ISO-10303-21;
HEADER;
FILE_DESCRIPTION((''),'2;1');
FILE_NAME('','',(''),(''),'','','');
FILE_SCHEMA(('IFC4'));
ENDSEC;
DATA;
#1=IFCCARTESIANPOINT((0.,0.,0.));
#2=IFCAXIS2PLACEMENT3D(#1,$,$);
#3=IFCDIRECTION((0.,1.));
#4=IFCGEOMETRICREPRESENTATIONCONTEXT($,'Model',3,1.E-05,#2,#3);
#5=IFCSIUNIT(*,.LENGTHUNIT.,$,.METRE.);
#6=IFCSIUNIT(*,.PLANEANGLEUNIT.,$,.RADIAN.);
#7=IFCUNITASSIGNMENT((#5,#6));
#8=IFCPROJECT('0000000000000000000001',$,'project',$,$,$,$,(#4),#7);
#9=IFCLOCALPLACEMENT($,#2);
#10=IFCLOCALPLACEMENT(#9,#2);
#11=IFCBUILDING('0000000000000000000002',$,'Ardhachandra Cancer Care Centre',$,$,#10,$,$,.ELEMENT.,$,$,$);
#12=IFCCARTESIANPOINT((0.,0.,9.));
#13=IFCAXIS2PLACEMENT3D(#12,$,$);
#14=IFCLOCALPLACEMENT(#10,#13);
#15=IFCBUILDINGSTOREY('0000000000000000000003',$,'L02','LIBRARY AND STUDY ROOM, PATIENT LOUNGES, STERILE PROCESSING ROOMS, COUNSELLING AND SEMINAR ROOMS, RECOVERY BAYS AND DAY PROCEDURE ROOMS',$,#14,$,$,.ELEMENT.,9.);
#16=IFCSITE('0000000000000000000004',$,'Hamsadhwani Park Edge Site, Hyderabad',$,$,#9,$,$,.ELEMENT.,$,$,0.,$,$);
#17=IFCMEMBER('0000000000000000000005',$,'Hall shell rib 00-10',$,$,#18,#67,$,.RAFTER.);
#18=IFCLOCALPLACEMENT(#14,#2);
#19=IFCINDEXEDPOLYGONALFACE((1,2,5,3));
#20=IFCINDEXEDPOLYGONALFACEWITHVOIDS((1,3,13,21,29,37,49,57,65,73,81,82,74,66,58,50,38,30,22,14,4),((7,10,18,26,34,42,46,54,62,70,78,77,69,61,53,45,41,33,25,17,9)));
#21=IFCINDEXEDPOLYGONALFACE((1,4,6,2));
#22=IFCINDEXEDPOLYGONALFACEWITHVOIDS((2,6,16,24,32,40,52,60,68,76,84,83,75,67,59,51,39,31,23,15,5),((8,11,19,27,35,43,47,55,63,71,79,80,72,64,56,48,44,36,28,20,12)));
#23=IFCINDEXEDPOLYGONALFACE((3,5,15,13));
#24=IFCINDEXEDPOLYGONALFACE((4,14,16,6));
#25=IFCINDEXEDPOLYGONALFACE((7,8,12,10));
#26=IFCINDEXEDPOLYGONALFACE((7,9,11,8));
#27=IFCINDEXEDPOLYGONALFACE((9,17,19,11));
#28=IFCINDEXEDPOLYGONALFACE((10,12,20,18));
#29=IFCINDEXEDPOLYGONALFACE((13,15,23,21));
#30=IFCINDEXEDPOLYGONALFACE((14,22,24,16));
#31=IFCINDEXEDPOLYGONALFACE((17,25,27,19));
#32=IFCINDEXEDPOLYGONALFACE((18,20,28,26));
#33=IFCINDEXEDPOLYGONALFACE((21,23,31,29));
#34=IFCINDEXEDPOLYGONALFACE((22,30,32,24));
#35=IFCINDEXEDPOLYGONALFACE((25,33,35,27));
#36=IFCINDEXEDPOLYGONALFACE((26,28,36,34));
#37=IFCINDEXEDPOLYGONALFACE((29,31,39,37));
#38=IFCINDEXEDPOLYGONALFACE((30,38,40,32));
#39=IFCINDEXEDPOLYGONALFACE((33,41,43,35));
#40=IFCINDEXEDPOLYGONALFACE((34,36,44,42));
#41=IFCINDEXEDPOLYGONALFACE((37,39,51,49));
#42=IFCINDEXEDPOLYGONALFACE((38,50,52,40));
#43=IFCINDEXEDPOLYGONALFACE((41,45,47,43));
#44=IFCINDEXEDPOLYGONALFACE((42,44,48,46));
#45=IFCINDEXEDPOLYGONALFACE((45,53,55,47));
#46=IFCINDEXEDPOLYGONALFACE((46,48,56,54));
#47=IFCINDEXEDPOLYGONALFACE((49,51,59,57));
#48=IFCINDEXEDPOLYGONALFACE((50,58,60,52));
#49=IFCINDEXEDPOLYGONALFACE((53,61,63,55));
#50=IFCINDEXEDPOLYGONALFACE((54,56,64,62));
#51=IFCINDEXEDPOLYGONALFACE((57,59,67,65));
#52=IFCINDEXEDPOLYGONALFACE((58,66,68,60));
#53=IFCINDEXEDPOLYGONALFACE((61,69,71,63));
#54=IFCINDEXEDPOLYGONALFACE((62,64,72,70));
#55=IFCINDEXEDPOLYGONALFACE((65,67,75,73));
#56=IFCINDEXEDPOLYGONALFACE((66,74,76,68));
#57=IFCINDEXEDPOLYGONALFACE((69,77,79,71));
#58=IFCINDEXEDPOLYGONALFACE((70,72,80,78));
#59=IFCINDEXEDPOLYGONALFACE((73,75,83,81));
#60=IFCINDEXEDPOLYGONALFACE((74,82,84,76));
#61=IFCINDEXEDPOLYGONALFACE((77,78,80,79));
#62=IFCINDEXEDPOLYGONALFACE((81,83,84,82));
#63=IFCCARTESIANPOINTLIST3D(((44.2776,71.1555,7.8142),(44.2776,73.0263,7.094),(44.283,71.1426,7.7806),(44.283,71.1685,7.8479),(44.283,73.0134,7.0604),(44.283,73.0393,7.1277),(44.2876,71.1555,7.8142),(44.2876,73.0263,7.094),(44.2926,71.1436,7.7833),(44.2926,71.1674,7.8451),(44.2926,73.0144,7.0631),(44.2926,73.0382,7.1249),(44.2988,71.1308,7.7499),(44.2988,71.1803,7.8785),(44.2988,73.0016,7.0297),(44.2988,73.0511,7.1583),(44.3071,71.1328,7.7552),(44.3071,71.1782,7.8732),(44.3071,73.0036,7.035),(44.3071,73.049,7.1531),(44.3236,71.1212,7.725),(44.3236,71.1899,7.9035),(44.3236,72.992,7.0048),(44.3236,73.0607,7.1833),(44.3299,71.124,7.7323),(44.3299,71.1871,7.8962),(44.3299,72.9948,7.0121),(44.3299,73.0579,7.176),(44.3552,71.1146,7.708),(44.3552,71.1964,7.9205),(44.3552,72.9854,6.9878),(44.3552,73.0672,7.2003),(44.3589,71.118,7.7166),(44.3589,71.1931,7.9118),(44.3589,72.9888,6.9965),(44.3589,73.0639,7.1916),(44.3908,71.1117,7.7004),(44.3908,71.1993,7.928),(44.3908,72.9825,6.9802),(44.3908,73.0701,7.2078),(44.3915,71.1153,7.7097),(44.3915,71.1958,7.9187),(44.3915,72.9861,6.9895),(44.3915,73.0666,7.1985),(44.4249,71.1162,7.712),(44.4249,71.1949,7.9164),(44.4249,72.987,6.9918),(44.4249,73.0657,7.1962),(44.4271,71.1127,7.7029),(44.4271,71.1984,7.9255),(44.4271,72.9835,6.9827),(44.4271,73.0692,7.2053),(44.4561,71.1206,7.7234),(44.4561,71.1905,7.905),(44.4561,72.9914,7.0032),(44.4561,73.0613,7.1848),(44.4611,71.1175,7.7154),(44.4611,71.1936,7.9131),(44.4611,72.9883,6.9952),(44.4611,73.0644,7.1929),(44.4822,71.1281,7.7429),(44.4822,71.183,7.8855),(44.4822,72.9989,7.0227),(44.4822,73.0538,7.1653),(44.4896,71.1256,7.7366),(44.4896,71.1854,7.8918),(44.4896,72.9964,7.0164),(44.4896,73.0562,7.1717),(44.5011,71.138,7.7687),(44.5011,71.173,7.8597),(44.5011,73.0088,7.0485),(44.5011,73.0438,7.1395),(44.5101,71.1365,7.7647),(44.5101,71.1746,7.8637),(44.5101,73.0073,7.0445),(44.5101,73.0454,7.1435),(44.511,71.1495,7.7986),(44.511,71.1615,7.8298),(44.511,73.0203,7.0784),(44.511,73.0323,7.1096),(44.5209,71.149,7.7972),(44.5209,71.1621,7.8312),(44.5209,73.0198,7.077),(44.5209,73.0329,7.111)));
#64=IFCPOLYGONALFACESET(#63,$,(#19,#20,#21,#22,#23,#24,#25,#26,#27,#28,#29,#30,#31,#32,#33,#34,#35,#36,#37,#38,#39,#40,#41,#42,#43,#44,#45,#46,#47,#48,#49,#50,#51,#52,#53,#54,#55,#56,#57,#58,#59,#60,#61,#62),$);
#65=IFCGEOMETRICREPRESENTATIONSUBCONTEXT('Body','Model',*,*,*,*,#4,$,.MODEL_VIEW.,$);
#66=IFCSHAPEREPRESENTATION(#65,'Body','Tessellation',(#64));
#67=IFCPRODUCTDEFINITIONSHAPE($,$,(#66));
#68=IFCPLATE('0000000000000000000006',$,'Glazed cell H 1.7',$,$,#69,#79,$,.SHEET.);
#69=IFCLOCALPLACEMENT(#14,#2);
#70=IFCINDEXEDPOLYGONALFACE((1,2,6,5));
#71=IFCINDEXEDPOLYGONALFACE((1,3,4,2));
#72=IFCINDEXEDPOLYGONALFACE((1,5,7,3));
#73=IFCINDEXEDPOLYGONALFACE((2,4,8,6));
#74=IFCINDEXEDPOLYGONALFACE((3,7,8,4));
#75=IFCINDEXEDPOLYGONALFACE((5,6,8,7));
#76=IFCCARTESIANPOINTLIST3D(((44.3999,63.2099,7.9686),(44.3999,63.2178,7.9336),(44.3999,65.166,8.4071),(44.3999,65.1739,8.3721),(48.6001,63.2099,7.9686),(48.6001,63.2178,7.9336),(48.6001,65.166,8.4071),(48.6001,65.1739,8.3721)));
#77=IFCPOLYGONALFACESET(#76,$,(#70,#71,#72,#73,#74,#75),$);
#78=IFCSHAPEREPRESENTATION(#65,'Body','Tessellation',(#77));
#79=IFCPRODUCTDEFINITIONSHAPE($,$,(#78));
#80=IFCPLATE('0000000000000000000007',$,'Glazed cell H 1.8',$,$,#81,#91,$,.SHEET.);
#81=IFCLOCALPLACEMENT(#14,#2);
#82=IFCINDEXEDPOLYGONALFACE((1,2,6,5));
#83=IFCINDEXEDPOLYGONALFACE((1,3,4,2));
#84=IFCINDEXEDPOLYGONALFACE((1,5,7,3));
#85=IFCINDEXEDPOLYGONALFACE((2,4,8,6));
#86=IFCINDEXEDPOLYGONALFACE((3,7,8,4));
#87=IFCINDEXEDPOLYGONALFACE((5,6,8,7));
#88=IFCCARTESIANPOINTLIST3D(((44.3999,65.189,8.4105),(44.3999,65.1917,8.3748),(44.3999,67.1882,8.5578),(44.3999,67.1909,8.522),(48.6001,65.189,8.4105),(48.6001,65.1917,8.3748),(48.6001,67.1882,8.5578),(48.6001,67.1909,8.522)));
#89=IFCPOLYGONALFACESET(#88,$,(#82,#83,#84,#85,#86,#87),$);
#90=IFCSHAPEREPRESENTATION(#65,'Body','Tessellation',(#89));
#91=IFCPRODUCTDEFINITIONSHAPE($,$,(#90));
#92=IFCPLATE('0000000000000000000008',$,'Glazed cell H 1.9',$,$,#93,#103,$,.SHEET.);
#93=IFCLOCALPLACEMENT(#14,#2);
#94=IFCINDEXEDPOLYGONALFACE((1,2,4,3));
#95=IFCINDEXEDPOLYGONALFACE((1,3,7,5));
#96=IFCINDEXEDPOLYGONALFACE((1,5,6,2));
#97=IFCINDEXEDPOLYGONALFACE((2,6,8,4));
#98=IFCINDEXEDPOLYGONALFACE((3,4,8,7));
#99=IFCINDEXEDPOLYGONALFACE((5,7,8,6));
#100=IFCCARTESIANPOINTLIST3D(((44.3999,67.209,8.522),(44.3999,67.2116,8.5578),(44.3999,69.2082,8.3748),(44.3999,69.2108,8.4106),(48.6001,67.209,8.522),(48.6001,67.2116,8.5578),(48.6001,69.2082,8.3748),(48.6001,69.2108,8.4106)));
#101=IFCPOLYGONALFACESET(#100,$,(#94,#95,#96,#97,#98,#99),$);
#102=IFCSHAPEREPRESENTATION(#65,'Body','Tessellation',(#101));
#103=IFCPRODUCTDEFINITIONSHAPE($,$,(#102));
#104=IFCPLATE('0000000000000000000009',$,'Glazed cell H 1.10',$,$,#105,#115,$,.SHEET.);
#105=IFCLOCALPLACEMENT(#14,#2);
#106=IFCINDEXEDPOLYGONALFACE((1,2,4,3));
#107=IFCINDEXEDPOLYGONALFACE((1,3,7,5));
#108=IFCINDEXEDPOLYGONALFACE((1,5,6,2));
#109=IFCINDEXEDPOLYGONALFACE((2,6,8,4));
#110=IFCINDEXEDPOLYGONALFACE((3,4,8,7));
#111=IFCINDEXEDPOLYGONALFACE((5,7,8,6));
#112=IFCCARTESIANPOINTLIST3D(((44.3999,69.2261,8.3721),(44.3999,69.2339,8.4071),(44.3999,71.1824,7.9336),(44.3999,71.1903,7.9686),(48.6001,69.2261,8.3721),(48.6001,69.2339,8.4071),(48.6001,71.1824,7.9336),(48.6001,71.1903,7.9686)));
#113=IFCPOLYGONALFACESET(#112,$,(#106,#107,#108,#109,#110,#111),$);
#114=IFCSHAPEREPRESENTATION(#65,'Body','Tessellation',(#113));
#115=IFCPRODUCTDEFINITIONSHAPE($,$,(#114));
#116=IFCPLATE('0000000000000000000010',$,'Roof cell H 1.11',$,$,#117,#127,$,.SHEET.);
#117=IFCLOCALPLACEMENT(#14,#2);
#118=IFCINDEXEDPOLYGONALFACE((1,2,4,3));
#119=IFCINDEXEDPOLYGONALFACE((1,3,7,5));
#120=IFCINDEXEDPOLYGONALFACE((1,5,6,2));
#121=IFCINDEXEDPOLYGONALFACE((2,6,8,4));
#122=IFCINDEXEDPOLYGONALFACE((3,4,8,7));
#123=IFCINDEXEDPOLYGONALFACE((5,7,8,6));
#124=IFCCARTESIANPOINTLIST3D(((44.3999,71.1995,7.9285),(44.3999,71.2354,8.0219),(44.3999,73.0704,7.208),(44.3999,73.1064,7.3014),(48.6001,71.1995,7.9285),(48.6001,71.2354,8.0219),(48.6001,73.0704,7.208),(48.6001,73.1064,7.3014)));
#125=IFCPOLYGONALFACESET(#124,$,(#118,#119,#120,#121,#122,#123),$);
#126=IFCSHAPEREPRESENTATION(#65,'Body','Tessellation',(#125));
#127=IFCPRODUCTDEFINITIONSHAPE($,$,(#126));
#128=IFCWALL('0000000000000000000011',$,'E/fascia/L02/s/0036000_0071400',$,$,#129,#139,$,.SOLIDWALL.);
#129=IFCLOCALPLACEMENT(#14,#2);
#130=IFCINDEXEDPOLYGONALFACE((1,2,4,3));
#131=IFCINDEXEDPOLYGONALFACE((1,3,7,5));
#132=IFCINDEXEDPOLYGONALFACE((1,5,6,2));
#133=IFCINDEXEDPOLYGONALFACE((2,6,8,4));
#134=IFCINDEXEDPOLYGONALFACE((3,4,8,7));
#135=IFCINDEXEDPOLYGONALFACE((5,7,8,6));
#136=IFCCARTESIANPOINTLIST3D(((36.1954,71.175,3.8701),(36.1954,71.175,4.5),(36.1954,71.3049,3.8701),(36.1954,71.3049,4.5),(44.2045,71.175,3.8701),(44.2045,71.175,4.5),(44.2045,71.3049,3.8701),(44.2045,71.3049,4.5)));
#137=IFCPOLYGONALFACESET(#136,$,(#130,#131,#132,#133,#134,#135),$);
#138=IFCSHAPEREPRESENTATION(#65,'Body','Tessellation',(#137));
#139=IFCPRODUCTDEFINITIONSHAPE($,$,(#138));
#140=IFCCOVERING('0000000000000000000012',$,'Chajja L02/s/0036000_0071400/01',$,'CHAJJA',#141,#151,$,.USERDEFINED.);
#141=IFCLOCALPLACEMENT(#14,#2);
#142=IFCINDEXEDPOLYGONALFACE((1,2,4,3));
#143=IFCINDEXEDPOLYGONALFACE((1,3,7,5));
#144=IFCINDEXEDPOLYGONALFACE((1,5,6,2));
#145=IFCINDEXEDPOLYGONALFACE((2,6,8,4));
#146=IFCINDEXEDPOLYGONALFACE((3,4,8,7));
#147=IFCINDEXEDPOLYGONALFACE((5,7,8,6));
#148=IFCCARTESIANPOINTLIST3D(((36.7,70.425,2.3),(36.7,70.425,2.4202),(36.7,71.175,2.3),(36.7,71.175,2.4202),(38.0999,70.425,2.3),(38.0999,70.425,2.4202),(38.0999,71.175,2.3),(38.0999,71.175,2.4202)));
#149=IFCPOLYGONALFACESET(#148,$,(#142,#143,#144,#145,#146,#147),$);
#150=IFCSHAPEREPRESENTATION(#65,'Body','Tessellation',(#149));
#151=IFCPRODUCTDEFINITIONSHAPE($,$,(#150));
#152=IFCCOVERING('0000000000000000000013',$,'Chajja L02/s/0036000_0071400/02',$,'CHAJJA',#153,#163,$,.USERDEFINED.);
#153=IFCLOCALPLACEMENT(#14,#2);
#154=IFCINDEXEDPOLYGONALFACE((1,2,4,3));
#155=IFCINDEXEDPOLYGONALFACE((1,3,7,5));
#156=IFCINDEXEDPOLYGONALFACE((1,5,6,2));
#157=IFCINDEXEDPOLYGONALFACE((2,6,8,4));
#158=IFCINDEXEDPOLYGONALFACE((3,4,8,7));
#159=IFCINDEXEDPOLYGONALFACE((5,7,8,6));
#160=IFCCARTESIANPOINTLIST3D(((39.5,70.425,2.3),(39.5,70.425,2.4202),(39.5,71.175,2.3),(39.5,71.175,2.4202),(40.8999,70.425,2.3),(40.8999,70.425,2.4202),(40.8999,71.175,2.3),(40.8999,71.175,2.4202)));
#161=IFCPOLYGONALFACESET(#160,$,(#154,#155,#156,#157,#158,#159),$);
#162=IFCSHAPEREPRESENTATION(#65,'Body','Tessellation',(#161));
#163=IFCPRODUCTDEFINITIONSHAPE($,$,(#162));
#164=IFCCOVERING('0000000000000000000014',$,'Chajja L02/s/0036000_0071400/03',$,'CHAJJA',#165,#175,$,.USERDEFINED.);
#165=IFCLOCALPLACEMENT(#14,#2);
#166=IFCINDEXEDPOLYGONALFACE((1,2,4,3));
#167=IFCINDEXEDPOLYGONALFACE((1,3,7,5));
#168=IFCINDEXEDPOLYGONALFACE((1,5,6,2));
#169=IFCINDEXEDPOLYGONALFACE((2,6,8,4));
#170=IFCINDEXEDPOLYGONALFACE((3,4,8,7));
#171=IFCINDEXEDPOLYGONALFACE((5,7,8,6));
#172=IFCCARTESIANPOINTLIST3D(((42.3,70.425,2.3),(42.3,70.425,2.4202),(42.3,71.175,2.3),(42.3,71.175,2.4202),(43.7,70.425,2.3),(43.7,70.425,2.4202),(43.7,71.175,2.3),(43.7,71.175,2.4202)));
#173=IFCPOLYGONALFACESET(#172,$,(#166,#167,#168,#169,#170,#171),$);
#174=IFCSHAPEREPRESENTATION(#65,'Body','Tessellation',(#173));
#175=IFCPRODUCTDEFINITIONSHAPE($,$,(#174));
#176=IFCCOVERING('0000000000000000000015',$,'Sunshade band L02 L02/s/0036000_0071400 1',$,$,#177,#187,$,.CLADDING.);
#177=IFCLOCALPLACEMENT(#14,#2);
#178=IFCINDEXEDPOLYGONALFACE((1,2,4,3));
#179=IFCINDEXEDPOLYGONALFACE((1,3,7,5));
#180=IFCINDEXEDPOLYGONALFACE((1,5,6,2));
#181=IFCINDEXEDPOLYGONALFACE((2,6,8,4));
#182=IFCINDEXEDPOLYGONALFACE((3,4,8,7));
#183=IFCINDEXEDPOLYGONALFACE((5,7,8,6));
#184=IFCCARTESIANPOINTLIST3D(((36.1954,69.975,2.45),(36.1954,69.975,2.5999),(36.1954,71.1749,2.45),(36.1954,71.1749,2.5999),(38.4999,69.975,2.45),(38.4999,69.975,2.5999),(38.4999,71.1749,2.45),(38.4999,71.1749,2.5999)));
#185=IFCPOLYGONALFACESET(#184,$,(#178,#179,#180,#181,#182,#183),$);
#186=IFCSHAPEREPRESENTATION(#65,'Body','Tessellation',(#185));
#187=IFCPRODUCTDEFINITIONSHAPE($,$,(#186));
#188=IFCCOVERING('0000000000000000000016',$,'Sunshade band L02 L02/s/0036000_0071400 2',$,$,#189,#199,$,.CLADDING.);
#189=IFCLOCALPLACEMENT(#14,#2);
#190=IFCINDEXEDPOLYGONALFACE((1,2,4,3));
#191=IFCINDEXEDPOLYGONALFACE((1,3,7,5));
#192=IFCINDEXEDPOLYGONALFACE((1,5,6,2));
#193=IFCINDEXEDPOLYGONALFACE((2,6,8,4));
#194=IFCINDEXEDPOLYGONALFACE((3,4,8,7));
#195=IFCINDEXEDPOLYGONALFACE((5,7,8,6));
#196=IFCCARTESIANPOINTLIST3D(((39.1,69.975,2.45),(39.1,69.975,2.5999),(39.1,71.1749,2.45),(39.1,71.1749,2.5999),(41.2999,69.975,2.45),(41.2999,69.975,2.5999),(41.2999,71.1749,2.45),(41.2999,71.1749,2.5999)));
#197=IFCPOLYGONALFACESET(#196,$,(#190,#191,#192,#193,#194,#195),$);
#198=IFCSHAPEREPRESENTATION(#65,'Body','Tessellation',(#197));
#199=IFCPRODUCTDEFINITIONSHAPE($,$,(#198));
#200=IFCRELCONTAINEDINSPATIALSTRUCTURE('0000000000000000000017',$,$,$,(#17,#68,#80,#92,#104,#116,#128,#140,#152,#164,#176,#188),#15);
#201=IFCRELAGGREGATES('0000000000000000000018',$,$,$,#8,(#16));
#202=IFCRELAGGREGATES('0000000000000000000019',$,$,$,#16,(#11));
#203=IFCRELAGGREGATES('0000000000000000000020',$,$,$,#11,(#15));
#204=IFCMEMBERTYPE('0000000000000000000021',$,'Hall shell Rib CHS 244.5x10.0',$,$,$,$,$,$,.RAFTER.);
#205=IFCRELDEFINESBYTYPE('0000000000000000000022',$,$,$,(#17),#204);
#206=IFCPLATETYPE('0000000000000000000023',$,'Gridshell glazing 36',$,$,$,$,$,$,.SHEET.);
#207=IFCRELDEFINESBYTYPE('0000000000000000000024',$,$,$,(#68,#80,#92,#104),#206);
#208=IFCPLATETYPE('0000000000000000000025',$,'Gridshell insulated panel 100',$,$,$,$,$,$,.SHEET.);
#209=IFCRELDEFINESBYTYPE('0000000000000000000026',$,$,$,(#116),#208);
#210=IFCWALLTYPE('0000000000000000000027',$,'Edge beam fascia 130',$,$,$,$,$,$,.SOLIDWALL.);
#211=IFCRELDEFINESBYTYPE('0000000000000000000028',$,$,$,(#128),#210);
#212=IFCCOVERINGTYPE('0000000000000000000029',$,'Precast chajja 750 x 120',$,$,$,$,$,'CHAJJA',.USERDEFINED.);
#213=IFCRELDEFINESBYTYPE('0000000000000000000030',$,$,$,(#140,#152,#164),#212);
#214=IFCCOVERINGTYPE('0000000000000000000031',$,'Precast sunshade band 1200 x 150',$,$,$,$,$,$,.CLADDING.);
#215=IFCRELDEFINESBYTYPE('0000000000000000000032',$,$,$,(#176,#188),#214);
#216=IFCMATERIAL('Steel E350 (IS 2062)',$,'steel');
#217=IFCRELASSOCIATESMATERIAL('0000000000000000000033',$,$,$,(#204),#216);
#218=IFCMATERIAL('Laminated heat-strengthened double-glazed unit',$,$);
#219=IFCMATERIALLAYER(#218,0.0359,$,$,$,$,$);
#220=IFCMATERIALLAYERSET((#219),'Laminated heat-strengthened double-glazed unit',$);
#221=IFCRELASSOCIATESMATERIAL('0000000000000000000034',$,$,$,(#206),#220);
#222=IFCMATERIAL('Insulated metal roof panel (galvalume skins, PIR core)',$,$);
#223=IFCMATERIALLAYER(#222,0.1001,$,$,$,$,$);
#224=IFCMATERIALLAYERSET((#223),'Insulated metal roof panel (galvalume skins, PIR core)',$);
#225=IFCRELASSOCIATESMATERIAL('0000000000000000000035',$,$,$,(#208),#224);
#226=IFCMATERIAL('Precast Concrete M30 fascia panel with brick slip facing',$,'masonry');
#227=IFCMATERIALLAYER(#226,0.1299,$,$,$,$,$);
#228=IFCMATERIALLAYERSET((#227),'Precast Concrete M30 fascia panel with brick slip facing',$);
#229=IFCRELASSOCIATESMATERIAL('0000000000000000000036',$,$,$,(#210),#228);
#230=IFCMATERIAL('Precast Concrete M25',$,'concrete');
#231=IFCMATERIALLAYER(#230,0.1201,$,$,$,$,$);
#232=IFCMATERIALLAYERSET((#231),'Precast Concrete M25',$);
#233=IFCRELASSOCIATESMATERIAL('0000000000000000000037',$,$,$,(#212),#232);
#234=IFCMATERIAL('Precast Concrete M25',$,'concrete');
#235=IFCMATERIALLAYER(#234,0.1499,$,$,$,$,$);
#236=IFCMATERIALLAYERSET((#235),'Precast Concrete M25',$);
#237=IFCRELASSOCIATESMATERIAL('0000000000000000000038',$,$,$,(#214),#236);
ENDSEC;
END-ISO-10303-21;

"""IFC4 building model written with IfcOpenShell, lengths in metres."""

from ifc_helpers import new_model, si_unit, direction, frame, frame_2d, origin, origin_2d, place, context, subcontext, project, spatial, polyline, rectangle, hollow_circle, outline, extrude, material, layer, layer_set, material_profile, profile_set, type_object, element, save


model = new_model("IFC4")

# Units and contexts
model_context = context("Model", 3, precision=1e-05, world=origin(), true_north=direction((0.0, 1.0)))
body_context = subcontext(model_context, "Body", "Model", "MODEL_VIEW")
ifc_project = project(units=[si_unit("LENGTHUNIT", "METRE"), si_unit("PLANEANGLEUNIT", "RADIAN")], contexts=[model_context])

# Site, building, storey
site_placement = place(None, origin())
site = spatial("IfcSite", under=ifc_project, at=site_placement, Name="Hamsadhwani Park Edge Site, Hyderabad", CompositionType="ELEMENT", RefElevation=0.0)
building_placement = place(site_placement, origin())
building = spatial("IfcBuilding", under=site, at=building_placement, Name="Ardhachandra Cancer Care Centre", CompositionType="ELEMENT")
storey_placement = place(building_placement, frame((0.0, 0.0, 9.0)))
storey = spatial("IfcBuildingStorey", under=building, at=storey_placement, Name="L02", Description="LIBRARY AND STUDY ROOM, PATIENT LOUNGES, STERILE PROCESSING ROOMS, COUNSELLING AND SEMINAR ROOMS, RECOVERY BAYS AND DAY PROCEDURE ROOMS", CompositionType="ELEMENT", Elevation=9.0)

# Member
ifc_material_1 = material(Name="Steel E350 (IS 2062)", Category="steel")
ifc_material_profile_1 = material_profile(ifc_material_1, hollow_circle(Radius=0.1223, WallThickness=0.01, at=origin_2d()), Name="CHS 244.5x10.0")
ifc_profile_set_1 = profile_set([ifc_material_profile_1], Name="Steel E350 (IS 2062)")
member_type_1 = type_object("IfcMemberType", Name="Hall shell Rib CHS 244.5x10.0", PredefinedType="RAFTER", material=ifc_profile_set_1)
member_1_placement = place(storey_placement, frame((44.3999, 71.1555, 7.8142), z_axis=(0.0, 0.933236, -0.359265), x_axis=(-1.0, 0.0, 0.0)))
element("IfcMember", 1, at=member_1_placement, inside=storey, type_object=member_type_1, Name="Hall shell rib 00-10", PredefinedType="RAFTER", context=body_context, shape_type="SweptSolid", body=[
    extrude(hollow_circle(Radius=0.1223, WallThickness=0.01, at=origin_2d()), origin(), (0.0, 0.0, 1.0), 2.0046),
])

# Plates
ifc_material_2 = material(Name="Laminated heat-strengthened double-glazed unit")
ifc_layer_1 = layer(ifc_material_2, 0.0359)
ifc_layer_set_1 = layer_set([ifc_layer_1], Name="Laminated heat-strengthened double-glazed unit")
plate_type_1 = type_object("IfcPlateType", Name="Gridshell glazing 36", PredefinedType="SHEET", material=ifc_layer_set_1)
for number, where, z_axis, x_axis, name in (
    (2, (44.3999, 63.2178, 7.9336), (0.0, -0.218735, 0.975784), (1.0, 0.0, 0.0), "Glazed cell H 1.7"),
    (3, (44.3999, 65.1917, 8.3748), (0.0, -0.073437, 0.9973), (1.0, 0.0, 0.0), "Glazed cell H 1.8"),
    (4, (44.3999, 67.209, 8.522), (0.0, 0.073437, 0.9973), (1.0, 0.0, 0.0), "Glazed cell H 1.9"),
):
    element("IfcPlate", number, at=place(storey_placement, frame(where, z_axis=z_axis, x_axis=x_axis)), inside=storey, type_object=plate_type_1, Name=name, PredefinedType="SHEET", context=body_context, shape_type="SweptSolid", body=[
        extrude(outline(polyline([(0.0, 0.0), (4.2002, 0.0), (4.2002, 2.0046), (0.0, 2.0046), (0.0, 0.0)])), origin(), (0.0, 0.0, 1.0), 0.0359),
    ])
plate_1_placement = place(storey_placement, frame((44.3999, 69.2261, 8.3721), z_axis=(0.0, 0.218709, 0.97579), x_axis=(1.0, 0.0, 0.0)))
element("IfcPlate", 5, at=plate_1_placement, inside=storey, type_object=plate_type_1, Name="Glazed cell H 1.10", PredefinedType="SHEET", context=body_context, shape_type="SweptSolid", body=[
    extrude(outline(polyline([(0.0, 0.0), (4.2002, 0.0), (4.2002, 2.0049), (0.0, 2.0049), (0.0, 0.0)])), origin(), (0.0, 0.0, 1.0), 0.0359),
])
ifc_material_3 = material(Name="Insulated metal roof panel (galvalume skins, PIR core)")
ifc_layer_2 = layer(ifc_material_3, 0.1001)
ifc_layer_set_2 = layer_set([ifc_layer_2], Name="Insulated metal roof panel (galvalume skins, PIR core)")
plate_type_2 = type_object("IfcPlateType", Name="Gridshell insulated panel 100", PredefinedType="SHEET", material=ifc_layer_set_2)
plate_2_placement = place(storey_placement, frame((44.3999, 71.1995, 7.9285), z_axis=(0.0, 0.359371, 0.933195), x_axis=(1.0, 0.0, 0.0)))
element("IfcPlate", 6, at=plate_2_placement, inside=storey, type_object=plate_type_2, Name="Roof cell H 1.11", PredefinedType="SHEET", context=body_context, shape_type="SweptSolid", body=[
    extrude(outline(polyline([(0.0, 0.0), (4.2002, 0.0), (4.2002, 2.0049), (0.0, 2.0049), (0.0, 0.0)])), origin(), (0.0, 0.0, 1.0), 0.1001),
])

# Wall
ifc_material_4 = material(Name="Precast Concrete M30 fascia panel with brick slip facing", Category="masonry")
ifc_layer_3 = layer(ifc_material_4, 0.1299)
ifc_layer_set_3 = layer_set([ifc_layer_3], Name="Precast Concrete M30 fascia panel with brick slip facing")
wall_type = type_object("IfcWallType", Name="Edge beam fascia 130", PredefinedType="SOLIDWALL", material=ifc_layer_set_3)
wall_placement = place(storey_placement, frame((36.1956, 71.24, 3.8701), z_axis=(0.0, 0.0, 1.0), x_axis=(1.0, 0.0, 0.0)))
element("IfcWall", 7, at=wall_placement, inside=storey, type_object=wall_type, Name="E/fascia/L02/s/0036000_0071400", PredefinedType="SOLIDWALL", context=body_context, shape_type="SweptSolid", body=[
    extrude(rectangle(XDim=8.009, YDim=0.1299, at=frame_2d((4.0044, 0.0))), origin(), (0.0, 0.0, 1.0), 0.6299),
])

# Coverings
ifc_material_5 = material(Name="Precast Concrete M25", Category="concrete")
ifc_layer_4 = layer(ifc_material_5, 0.1201)
ifc_layer_set_4 = layer_set([ifc_layer_4], Name="Precast Concrete M25")
covering_type_1 = type_object("IfcCoveringType", Name="Precast chajja 750 x 120", ElementType="CHAJJA", PredefinedType="USERDEFINED", material=ifc_layer_set_4)
for number, where, z_axis, x_axis, name in (
    (8, (37.3999, 70.8, 2.3), (0.0, 0.0, 1.0), (1.0, 0.0, 0.0), "Chajja L02/s/0036000_0071400/01"),
    (9, (40.2, 70.8, 2.3), (0.0, 0.0, 1.0), (1.0, 0.0, 0.0), "Chajja L02/s/0036000_0071400/02"),
    (10, (43.0, 70.8, 2.3), (0.0, 0.0, 1.0), (1.0, 0.0, 0.0), "Chajja L02/s/0036000_0071400/03"),
):
    element("IfcCovering", number, at=place(storey_placement, frame(where, z_axis=z_axis, x_axis=x_axis)), inside=storey, type_object=covering_type_1, Name=name, ObjectType="CHAJJA", PredefinedType="USERDEFINED", context=body_context, shape_type="SweptSolid", body=[
        extrude(rectangle(XDim=1.3999, YDim=0.75, at=origin_2d()), origin(), (0.0, 0.0, 1.0), 0.1201),
    ])
ifc_material_6 = material(Name="Precast Concrete M25", Category="concrete")
ifc_layer_5 = layer(ifc_material_6, 0.1499)
ifc_layer_set_5 = layer_set([ifc_layer_5], Name="Precast Concrete M25")
covering_type_2 = type_object("IfcCoveringType", Name="Precast sunshade band 1200 x 150", PredefinedType="CLADDING", material=ifc_layer_set_5)
covering_1_placement = place(storey_placement, frame((37.3477, 70.575, 2.45), z_axis=(0.0, 0.0, 1.0), x_axis=(1.0, 0.0, 0.0)))
element("IfcCovering", 11, at=covering_1_placement, inside=storey, type_object=covering_type_2, Name="Sunshade band L02 L02/s/0036000_0071400 1", PredefinedType="CLADDING", context=body_context, shape_type="SweptSolid", body=[
    extrude(rectangle(XDim=2.3044, YDim=1.2, at=origin_2d()), origin(), (0.0, 0.0, 1.0), 0.1499),
])
covering_2_placement = place(storey_placement, frame((40.2, 70.575, 2.45), z_axis=(0.0, 0.0, 1.0), x_axis=(1.0, 0.0, 0.0)))
element("IfcCovering", 12, at=covering_2_placement, inside=storey, type_object=covering_type_2, Name="Sunshade band L02 L02/s/0036000_0071400 2", PredefinedType="CLADDING", context=body_context, shape_type="SweptSolid", body=[
    extrude(rectangle(XDim=2.2, YDim=1.2, at=origin_2d()), origin(), (0.0, 0.0, 1.0), 0.1499),
])

save(model, "model.ifc")
